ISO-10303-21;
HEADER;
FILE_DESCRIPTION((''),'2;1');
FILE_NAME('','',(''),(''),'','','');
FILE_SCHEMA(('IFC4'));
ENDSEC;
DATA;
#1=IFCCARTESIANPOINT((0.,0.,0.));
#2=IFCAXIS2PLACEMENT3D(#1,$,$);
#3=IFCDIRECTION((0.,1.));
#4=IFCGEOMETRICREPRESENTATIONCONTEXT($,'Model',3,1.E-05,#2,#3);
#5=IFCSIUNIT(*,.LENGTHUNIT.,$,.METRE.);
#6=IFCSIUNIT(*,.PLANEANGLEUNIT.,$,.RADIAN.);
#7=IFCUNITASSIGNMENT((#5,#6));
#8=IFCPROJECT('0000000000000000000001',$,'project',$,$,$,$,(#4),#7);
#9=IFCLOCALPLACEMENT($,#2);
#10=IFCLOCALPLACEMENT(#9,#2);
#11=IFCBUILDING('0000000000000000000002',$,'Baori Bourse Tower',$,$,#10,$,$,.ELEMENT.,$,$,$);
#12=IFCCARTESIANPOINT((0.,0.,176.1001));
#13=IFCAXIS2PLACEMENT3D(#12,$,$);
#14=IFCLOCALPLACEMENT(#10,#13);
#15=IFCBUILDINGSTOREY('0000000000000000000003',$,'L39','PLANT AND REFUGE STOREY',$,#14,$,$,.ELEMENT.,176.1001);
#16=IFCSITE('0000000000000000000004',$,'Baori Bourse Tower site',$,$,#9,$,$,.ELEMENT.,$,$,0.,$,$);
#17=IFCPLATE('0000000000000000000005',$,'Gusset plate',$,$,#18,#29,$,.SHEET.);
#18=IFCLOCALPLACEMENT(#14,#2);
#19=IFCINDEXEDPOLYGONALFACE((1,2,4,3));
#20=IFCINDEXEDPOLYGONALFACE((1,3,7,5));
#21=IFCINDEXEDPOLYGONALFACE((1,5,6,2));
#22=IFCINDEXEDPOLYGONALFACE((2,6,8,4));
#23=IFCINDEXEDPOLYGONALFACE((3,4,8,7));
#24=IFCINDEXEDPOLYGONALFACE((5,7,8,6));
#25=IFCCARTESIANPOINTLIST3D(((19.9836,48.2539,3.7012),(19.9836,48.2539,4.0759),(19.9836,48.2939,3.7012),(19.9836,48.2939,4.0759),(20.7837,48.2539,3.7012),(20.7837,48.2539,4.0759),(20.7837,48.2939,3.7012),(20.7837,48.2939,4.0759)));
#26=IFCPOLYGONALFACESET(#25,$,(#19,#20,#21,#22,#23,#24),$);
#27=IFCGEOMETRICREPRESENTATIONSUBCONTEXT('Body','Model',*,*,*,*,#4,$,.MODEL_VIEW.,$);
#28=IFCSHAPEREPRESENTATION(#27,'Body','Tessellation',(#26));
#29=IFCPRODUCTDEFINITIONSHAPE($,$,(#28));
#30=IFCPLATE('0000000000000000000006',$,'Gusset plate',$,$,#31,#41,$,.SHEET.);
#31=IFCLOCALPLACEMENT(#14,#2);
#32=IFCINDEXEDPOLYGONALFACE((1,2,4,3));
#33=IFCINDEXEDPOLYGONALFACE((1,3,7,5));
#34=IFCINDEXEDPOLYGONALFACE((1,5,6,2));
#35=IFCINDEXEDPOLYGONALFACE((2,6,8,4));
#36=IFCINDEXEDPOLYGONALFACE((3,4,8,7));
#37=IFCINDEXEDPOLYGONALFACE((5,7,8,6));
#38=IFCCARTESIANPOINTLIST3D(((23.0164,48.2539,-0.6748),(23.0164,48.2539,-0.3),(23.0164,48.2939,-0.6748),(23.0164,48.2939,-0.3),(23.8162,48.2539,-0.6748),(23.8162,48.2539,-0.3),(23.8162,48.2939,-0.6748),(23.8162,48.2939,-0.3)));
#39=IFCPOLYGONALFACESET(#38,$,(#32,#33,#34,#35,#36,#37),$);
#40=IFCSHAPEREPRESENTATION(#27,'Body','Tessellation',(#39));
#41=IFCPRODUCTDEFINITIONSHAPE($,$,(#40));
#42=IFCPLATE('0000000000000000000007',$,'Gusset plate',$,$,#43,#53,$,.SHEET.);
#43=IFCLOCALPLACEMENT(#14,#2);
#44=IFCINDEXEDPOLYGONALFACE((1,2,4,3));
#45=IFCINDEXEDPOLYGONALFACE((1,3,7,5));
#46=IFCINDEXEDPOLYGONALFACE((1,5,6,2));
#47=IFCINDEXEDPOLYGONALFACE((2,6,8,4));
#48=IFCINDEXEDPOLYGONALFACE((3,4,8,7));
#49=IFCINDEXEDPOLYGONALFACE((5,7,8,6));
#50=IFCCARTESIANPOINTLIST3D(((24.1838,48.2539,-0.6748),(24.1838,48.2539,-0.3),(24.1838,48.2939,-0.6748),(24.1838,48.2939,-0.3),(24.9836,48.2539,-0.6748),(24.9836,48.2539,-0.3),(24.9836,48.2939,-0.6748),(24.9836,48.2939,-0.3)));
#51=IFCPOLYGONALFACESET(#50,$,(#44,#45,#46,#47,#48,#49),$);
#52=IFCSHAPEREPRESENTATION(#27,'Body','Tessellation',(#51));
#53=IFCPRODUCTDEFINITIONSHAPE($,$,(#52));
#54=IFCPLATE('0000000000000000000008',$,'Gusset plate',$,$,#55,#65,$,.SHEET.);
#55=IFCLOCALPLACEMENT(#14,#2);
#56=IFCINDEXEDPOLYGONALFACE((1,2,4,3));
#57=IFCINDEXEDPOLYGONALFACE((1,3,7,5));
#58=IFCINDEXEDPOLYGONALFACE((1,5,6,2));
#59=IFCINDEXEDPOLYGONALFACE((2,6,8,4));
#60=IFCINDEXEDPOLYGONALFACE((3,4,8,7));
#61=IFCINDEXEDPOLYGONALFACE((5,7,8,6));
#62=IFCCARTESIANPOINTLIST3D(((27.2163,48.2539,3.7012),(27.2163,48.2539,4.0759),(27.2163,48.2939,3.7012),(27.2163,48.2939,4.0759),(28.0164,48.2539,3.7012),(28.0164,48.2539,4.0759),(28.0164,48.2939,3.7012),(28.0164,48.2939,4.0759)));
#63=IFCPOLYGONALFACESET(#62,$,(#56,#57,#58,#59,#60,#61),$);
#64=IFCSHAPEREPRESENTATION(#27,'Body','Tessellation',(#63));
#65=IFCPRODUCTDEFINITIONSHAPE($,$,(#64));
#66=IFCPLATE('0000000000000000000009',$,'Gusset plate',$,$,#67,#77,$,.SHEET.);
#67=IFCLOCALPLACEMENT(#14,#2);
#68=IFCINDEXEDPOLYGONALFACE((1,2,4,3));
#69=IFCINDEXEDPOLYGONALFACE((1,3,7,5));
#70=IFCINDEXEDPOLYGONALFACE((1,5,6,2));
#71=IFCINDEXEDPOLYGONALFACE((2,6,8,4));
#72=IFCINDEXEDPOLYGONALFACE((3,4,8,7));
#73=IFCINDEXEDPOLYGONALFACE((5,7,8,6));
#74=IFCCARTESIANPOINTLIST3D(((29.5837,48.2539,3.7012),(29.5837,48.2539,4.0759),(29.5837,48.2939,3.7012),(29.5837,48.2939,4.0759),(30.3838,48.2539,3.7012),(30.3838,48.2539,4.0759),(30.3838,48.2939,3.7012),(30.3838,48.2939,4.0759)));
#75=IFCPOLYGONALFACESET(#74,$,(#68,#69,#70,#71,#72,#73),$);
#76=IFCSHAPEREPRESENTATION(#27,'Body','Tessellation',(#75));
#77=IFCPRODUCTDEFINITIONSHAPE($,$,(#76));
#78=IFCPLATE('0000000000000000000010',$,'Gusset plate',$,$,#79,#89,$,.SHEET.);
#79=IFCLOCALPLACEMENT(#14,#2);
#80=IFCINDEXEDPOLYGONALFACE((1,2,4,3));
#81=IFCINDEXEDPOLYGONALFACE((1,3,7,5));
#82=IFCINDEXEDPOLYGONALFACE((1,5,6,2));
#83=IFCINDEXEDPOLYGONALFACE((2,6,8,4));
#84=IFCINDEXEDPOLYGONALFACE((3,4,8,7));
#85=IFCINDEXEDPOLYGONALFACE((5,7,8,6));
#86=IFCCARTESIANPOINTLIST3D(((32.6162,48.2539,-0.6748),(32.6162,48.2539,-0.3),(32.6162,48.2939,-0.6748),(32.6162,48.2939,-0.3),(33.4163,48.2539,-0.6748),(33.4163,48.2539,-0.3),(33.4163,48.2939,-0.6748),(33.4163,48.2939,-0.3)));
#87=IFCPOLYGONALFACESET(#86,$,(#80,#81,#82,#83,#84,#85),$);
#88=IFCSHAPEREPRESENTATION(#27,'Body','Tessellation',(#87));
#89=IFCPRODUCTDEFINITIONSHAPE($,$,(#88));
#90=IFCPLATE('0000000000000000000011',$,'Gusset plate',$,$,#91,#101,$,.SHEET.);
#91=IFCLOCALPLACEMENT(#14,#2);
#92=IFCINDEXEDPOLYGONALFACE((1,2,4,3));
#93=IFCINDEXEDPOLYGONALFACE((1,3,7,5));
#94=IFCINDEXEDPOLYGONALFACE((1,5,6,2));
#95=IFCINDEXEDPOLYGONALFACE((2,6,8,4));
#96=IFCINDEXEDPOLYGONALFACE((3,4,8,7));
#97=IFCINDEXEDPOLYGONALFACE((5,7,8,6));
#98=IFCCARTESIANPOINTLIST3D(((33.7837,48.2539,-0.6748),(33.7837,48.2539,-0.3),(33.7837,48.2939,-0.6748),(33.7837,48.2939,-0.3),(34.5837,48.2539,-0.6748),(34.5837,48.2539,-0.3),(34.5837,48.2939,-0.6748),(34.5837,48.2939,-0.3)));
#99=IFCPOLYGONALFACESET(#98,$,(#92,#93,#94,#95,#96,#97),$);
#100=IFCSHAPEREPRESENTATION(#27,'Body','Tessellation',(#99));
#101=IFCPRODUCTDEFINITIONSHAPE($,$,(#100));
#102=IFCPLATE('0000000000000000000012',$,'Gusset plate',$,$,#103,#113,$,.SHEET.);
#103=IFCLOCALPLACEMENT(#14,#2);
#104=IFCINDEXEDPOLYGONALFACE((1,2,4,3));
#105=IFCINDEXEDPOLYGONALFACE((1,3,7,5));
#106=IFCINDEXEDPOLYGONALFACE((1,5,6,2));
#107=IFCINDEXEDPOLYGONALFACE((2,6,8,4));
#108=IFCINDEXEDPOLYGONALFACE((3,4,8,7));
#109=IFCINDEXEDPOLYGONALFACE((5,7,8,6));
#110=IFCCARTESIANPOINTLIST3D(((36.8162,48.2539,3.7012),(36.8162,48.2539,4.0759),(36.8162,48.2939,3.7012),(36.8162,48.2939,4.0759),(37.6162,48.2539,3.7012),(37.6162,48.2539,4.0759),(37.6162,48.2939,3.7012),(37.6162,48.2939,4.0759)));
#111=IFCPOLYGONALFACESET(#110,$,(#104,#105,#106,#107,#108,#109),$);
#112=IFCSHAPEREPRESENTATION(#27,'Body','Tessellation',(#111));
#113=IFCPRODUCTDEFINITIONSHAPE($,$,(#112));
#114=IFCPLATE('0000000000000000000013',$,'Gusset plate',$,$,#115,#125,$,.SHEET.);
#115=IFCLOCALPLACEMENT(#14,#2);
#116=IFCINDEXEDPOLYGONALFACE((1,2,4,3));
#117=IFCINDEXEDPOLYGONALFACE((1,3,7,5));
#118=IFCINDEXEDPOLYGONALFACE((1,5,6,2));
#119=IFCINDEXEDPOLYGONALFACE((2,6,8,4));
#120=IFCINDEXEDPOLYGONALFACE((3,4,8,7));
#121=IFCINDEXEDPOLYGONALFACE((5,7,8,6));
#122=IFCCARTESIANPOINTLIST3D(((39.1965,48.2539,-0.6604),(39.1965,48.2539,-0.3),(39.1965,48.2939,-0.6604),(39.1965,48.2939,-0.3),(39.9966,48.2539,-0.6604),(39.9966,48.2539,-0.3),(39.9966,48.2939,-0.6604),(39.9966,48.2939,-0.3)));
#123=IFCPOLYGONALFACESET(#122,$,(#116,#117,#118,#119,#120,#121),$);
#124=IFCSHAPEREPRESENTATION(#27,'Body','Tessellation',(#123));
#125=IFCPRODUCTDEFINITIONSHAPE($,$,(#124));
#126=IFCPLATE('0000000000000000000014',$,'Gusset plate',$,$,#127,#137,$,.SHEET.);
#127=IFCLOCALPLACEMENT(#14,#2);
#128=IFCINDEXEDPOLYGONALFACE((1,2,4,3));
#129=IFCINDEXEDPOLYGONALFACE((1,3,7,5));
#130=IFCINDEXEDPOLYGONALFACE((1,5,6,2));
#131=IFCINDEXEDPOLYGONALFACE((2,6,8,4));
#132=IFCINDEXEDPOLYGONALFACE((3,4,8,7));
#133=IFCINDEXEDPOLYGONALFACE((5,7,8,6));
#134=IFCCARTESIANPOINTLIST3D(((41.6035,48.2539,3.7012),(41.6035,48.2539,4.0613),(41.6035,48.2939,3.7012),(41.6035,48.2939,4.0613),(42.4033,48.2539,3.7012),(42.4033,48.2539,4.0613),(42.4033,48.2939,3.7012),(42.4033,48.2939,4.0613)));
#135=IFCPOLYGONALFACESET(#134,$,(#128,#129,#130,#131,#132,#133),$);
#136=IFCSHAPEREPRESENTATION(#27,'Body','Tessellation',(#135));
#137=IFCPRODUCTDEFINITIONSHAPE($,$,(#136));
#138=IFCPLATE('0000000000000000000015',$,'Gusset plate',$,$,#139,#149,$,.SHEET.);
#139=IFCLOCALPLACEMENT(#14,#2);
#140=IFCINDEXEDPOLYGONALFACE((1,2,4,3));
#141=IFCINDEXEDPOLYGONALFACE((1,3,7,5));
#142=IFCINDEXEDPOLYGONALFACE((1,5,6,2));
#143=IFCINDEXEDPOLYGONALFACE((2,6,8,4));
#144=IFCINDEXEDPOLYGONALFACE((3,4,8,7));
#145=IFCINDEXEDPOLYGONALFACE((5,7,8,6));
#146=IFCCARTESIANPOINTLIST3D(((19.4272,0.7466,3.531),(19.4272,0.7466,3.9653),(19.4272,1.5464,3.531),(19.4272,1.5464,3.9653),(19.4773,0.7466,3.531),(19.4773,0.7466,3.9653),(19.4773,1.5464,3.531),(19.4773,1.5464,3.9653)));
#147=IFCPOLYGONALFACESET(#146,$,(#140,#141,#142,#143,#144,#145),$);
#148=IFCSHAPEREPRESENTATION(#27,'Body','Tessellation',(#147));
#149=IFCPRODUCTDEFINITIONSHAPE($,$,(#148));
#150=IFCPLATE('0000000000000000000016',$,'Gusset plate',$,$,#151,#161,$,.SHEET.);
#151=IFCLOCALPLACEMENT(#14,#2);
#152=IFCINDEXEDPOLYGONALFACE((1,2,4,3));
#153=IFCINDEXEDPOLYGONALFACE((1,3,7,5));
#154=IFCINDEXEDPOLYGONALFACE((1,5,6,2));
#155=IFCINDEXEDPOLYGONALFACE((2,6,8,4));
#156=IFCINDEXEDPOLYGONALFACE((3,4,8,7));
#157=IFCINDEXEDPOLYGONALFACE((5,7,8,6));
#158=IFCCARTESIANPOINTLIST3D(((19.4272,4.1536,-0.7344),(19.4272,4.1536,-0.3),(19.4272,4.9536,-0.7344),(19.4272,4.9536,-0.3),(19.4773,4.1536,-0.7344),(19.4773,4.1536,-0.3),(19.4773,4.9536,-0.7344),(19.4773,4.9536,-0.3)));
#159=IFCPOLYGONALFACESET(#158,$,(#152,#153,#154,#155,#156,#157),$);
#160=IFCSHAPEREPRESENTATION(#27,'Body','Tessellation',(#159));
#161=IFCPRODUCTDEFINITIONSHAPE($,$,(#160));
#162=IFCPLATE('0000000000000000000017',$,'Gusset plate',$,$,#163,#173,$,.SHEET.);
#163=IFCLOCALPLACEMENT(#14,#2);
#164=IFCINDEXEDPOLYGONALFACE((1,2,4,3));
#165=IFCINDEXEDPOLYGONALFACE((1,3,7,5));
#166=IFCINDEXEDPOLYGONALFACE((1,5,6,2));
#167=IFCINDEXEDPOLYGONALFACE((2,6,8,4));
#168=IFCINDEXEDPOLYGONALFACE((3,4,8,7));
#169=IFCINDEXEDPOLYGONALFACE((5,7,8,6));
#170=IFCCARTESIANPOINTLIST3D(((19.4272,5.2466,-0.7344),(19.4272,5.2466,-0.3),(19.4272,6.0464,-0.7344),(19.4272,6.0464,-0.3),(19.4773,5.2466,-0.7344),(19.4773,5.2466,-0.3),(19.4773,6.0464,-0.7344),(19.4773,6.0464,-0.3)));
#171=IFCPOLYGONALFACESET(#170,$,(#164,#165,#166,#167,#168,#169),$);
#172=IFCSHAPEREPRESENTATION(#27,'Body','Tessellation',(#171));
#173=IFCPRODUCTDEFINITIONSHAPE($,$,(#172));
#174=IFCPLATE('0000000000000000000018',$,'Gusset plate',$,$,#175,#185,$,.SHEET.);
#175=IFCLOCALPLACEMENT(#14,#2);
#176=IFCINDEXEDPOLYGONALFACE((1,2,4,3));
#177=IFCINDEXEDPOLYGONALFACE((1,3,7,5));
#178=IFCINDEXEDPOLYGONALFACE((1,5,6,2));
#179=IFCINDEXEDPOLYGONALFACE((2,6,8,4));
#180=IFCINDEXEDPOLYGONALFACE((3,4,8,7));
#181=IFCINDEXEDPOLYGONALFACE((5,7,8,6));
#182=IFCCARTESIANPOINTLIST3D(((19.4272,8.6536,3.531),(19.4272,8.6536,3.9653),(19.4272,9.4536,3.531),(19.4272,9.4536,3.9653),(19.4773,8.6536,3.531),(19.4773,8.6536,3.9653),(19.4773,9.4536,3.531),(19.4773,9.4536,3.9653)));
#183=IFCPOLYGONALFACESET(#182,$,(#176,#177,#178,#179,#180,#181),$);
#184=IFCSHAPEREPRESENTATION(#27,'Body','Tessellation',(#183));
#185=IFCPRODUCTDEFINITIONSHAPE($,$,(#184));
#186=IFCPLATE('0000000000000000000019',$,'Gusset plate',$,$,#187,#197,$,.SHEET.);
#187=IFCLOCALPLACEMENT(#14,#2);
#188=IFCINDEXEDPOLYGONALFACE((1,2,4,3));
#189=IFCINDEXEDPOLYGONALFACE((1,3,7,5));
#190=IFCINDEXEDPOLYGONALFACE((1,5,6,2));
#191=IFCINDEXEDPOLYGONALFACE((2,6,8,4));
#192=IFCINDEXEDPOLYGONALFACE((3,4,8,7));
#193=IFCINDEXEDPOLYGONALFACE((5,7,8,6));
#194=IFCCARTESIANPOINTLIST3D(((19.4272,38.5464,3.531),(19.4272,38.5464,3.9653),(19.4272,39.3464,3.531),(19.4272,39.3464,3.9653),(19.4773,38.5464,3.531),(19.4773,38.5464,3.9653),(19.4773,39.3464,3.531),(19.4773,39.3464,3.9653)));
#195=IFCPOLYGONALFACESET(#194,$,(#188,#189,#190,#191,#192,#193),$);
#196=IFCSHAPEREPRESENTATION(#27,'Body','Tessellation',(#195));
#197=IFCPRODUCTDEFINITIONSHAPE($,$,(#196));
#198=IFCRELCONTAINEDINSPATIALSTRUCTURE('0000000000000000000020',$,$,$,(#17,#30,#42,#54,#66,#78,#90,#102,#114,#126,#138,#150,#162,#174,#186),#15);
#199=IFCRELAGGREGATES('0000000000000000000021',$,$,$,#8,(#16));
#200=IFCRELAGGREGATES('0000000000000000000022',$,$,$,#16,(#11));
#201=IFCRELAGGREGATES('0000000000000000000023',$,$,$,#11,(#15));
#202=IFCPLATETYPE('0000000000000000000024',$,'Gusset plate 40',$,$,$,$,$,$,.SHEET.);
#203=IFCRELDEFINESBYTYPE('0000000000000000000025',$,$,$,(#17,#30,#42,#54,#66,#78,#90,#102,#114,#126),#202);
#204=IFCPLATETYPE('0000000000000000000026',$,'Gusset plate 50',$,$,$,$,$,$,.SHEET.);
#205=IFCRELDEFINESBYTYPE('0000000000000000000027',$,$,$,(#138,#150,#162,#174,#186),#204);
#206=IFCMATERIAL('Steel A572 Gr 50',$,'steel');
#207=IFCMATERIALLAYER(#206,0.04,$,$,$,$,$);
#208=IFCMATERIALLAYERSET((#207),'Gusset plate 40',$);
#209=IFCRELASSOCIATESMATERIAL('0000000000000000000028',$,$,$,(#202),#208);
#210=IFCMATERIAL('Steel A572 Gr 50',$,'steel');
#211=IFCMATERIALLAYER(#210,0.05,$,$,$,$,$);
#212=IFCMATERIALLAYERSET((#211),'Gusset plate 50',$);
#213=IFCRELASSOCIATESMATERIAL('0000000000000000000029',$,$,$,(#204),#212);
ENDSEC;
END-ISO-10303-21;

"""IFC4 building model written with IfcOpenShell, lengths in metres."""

from ifc_helpers import new_model, si_unit, direction, frame, origin, place, context, subcontext, project, spatial, polyline, outline, extrude, material, layer, layer_set, type_object, element, save


model = new_model("IFC4")

# Units and contexts
model_context = context("Model", 3, precision=1e-05, world=origin(), true_north=direction((0.0, 1.0)))
body_context = subcontext(model_context, "Body", "Model", "MODEL_VIEW")
ifc_project = project(units=[si_unit("LENGTHUNIT", "METRE"), si_unit("PLANEANGLEUNIT", "RADIAN")], contexts=[model_context])

# Site, building, storey
site_placement = place(None, origin())
site = spatial("IfcSite", under=ifc_project, at=site_placement, Name="Baori Bourse Tower site", CompositionType="ELEMENT", RefElevation=0.0)
building_placement = place(site_placement, origin())
building = spatial("IfcBuilding", under=site, at=building_placement, Name="Baori Bourse Tower", CompositionType="ELEMENT")
storey_placement = place(building_placement, frame((0.0, 0.0, 176.1001)))
storey = spatial("IfcBuildingStorey", under=building, at=storey_placement, Name="L39", Description="PLANT AND REFUGE STOREY", CompositionType="ELEMENT", Elevation=176.1001)

# Plates
ifc_material_1 = material(Name="Steel A572 Gr 50", Category="steel")
ifc_layer_1 = layer(ifc_material_1, 0.04)
ifc_layer_set_1 = layer_set([ifc_layer_1], Name="Gusset plate 40")
plate_type_1 = type_object("IfcPlateType", Name="Gusset plate 40", PredefinedType="SHEET", material=ifc_layer_set_1)
plate_1_placement = place(storey_placement, frame((0.0, 0.0, 3.7012)))
element("IfcPlate", 1, at=plate_1_placement, inside=storey, type_object=plate_type_1, Name="Gusset plate", PredefinedType="SHEET", context=body_context, shape_type="SweptSolid", body=[
    extrude(outline(polyline([(19.9836, 48.2539), (20.7837, 48.2539), (20.7837, 48.2939), (19.9836, 48.2939), (19.9836, 48.2539)])), origin(), (0.0, 0.0, 1.0), 0.3748),
])
plate_2_placement = place(storey_placement, frame((0.0, 0.0, -0.6748)))
element("IfcPlate", 2, at=plate_2_placement, inside=storey, type_object=plate_type_1, Name="Gusset plate", PredefinedType="SHEET", context=body_context, shape_type="SweptSolid", body=[
    extrude(outline(polyline([(23.0164, 48.2539), (23.8162, 48.2539), (23.8162, 48.2939), (23.0164, 48.2939), (23.0164, 48.2539)])), origin(), (0.0, 0.0, 1.0), 0.3748),
])
plate_3_placement = place(storey_placement, frame((0.0, 0.0, -0.6748)))
element("IfcPlate", 3, at=plate_3_placement, inside=storey, type_object=plate_type_1, Name="Gusset plate", PredefinedType="SHEET", context=body_context, shape_type="SweptSolid", body=[
    extrude(outline(polyline([(24.1838, 48.2539), (24.9836, 48.2539), (24.9836, 48.2939), (24.1838, 48.2939), (24.1838, 48.2539)])), origin(), (0.0, 0.0, 1.0), 0.3748),
])
plate_4_placement = place(storey_placement, frame((0.0, 0.0, 3.7012)))
element("IfcPlate", 4, at=plate_4_placement, inside=storey, type_object=plate_type_1, Name="Gusset plate", PredefinedType="SHEET", context=body_context, shape_type="SweptSolid", body=[
    extrude(outline(polyline([(27.2163, 48.2539), (28.0164, 48.2539), (28.0164, 48.2939), (27.2163, 48.2939), (27.2163, 48.2539)])), origin(), (0.0, 0.0, 1.0), 0.3748),
])
plate_5_placement = place(storey_placement, frame((0.0, 0.0, 3.7012)))
element("IfcPlate", 5, at=plate_5_placement, inside=storey, type_object=plate_type_1, Name="Gusset plate", PredefinedType="SHEET", context=body_context, shape_type="SweptSolid", body=[
    extrude(outline(polyline([(29.5837, 48.2539), (30.3838, 48.2539), (30.3838, 48.2939), (29.5837, 48.2939), (29.5837, 48.2539)])), origin(), (0.0, 0.0, 1.0), 0.3748),
])
plate_6_placement = place(storey_placement, frame((0.0, 0.0, -0.6748)))
element("IfcPlate", 6, at=plate_6_placement, inside=storey, type_object=plate_type_1, Name="Gusset plate", PredefinedType="SHEET", context=body_context, shape_type="SweptSolid", body=[
    extrude(outline(polyline([(32.6162, 48.2539), (33.4163, 48.2539), (33.4163, 48.2939), (32.6162, 48.2939), (32.6162, 48.2539)])), origin(), (0.0, 0.0, 1.0), 0.3748),
])
plate_7_placement = place(storey_placement, frame((0.0, 0.0, -0.6748)))
element("IfcPlate", 7, at=plate_7_placement, inside=storey, type_object=plate_type_1, Name="Gusset plate", PredefinedType="SHEET", context=body_context, shape_type="SweptSolid", body=[
    extrude(outline(polyline([(33.7837, 48.2539), (34.5837, 48.2539), (34.5837, 48.2939), (33.7837, 48.2939), (33.7837, 48.2539)])), origin(), (0.0, 0.0, 1.0), 0.3748),
])
plate_8_placement = place(storey_placement, frame((0.0, 0.0, 3.7012)))
element("IfcPlate", 8, at=plate_8_placement, inside=storey, type_object=plate_type_1, Name="Gusset plate", PredefinedType="SHEET", context=body_context, shape_type="SweptSolid", body=[
    extrude(outline(polyline([(36.8162, 48.2539), (37.6162, 48.2539), (37.6162, 48.2939), (36.8162, 48.2939), (36.8162, 48.2539)])), origin(), (0.0, 0.0, 1.0), 0.3748),
])
plate_9_placement = place(storey_placement, frame((0.0, 0.0, -0.6604)))
element("IfcPlate", 9, at=plate_9_placement, inside=storey, type_object=plate_type_1, Name="Gusset plate", PredefinedType="SHEET", context=body_context, shape_type="SweptSolid", body=[
    extrude(outline(polyline([(39.1965, 48.2539), (39.9966, 48.2539), (39.9966, 48.2939), (39.1965, 48.2939), (39.1965, 48.2539)])), origin(), (0.0, 0.0, 1.0), 0.3604),
])
plate_10_placement = place(storey_placement, frame((0.0, 0.0, 3.7012)))
element("IfcPlate", 10, at=plate_10_placement, inside=storey, type_object=plate_type_1, Name="Gusset plate", PredefinedType="SHEET", context=body_context, shape_type="SweptSolid", body=[
    extrude(outline(polyline([(41.6035, 48.2539), (42.4033, 48.2539), (42.4033, 48.2939), (41.6035, 48.2939), (41.6035, 48.2539)])), origin(), (0.0, 0.0, 1.0), 0.3601),
])
ifc_material_2 = material(Name="Steel A572 Gr 50", Category="steel")
ifc_layer_2 = layer(ifc_material_2, 0.05)
ifc_layer_set_2 = layer_set([ifc_layer_2], Name="Gusset plate 50")
plate_type_2 = type_object("IfcPlateType", Name="Gusset plate 50", PredefinedType="SHEET", material=ifc_layer_set_2)
plate_11_placement = place(storey_placement, frame((0.0, 0.0, 3.531)))
element("IfcPlate", 11, at=plate_11_placement, inside=storey, type_object=plate_type_2, Name="Gusset plate", PredefinedType="SHEET", context=body_context, shape_type="SweptSolid", body=[
    extrude(outline(polyline([(19.4272, 0.7466), (19.4773, 0.7466), (19.4773, 1.5464), (19.4272, 1.5464), (19.4272, 0.7466)])), origin(), (0.0, 0.0, 1.0), 0.4343),
])
plate_12_placement = place(storey_placement, frame((0.0, 0.0, -0.7344)))
element("IfcPlate", 12, at=plate_12_placement, inside=storey, type_object=plate_type_2, Name="Gusset plate", PredefinedType="SHEET", context=body_context, shape_type="SweptSolid", body=[
    extrude(outline(polyline([(19.4272, 4.1536), (19.4773, 4.1536), (19.4773, 4.9536), (19.4272, 4.9536), (19.4272, 4.1536)])), origin(), (0.0, 0.0, 1.0), 0.4343),
])
plate_13_placement = place(storey_placement, frame((0.0, 0.0, -0.7344)))
element("IfcPlate", 13, at=plate_13_placement, inside=storey, type_object=plate_type_2, Name="Gusset plate", PredefinedType="SHEET", context=body_context, shape_type="SweptSolid", body=[
    extrude(outline(polyline([(19.4272, 5.2466), (19.4773, 5.2466), (19.4773, 6.0464), (19.4272, 6.0464), (19.4272, 5.2466)])), origin(), (0.0, 0.0, 1.0), 0.4343),
])
plate_14_placement = place(storey_placement, frame((0.0, 0.0, 3.531)))
element("IfcPlate", 14, at=plate_14_placement, inside=storey, type_object=plate_type_2, Name="Gusset plate", PredefinedType="SHEET", context=body_context, shape_type="SweptSolid", body=[
    extrude(outline(polyline([(19.4272, 8.6536), (19.4773, 8.6536), (19.4773, 9.4536), (19.4272, 9.4536), (19.4272, 8.6536)])), origin(), (0.0, 0.0, 1.0), 0.4343),
])
plate_15_placement = place(storey_placement, frame((0.0, 0.0, 3.531)))
element("IfcPlate", 15, at=plate_15_placement, inside=storey, type_object=plate_type_2, Name="Gusset plate", PredefinedType="SHEET", context=body_context, shape_type="SweptSolid", body=[
    extrude(outline(polyline([(19.4272, 38.5464), (19.4773, 38.5464), (19.4773, 39.3464), (19.4272, 39.3464), (19.4272, 38.5464)])), origin(), (0.0, 0.0, 1.0), 0.4343),
])

save(model, "model.ifc")
